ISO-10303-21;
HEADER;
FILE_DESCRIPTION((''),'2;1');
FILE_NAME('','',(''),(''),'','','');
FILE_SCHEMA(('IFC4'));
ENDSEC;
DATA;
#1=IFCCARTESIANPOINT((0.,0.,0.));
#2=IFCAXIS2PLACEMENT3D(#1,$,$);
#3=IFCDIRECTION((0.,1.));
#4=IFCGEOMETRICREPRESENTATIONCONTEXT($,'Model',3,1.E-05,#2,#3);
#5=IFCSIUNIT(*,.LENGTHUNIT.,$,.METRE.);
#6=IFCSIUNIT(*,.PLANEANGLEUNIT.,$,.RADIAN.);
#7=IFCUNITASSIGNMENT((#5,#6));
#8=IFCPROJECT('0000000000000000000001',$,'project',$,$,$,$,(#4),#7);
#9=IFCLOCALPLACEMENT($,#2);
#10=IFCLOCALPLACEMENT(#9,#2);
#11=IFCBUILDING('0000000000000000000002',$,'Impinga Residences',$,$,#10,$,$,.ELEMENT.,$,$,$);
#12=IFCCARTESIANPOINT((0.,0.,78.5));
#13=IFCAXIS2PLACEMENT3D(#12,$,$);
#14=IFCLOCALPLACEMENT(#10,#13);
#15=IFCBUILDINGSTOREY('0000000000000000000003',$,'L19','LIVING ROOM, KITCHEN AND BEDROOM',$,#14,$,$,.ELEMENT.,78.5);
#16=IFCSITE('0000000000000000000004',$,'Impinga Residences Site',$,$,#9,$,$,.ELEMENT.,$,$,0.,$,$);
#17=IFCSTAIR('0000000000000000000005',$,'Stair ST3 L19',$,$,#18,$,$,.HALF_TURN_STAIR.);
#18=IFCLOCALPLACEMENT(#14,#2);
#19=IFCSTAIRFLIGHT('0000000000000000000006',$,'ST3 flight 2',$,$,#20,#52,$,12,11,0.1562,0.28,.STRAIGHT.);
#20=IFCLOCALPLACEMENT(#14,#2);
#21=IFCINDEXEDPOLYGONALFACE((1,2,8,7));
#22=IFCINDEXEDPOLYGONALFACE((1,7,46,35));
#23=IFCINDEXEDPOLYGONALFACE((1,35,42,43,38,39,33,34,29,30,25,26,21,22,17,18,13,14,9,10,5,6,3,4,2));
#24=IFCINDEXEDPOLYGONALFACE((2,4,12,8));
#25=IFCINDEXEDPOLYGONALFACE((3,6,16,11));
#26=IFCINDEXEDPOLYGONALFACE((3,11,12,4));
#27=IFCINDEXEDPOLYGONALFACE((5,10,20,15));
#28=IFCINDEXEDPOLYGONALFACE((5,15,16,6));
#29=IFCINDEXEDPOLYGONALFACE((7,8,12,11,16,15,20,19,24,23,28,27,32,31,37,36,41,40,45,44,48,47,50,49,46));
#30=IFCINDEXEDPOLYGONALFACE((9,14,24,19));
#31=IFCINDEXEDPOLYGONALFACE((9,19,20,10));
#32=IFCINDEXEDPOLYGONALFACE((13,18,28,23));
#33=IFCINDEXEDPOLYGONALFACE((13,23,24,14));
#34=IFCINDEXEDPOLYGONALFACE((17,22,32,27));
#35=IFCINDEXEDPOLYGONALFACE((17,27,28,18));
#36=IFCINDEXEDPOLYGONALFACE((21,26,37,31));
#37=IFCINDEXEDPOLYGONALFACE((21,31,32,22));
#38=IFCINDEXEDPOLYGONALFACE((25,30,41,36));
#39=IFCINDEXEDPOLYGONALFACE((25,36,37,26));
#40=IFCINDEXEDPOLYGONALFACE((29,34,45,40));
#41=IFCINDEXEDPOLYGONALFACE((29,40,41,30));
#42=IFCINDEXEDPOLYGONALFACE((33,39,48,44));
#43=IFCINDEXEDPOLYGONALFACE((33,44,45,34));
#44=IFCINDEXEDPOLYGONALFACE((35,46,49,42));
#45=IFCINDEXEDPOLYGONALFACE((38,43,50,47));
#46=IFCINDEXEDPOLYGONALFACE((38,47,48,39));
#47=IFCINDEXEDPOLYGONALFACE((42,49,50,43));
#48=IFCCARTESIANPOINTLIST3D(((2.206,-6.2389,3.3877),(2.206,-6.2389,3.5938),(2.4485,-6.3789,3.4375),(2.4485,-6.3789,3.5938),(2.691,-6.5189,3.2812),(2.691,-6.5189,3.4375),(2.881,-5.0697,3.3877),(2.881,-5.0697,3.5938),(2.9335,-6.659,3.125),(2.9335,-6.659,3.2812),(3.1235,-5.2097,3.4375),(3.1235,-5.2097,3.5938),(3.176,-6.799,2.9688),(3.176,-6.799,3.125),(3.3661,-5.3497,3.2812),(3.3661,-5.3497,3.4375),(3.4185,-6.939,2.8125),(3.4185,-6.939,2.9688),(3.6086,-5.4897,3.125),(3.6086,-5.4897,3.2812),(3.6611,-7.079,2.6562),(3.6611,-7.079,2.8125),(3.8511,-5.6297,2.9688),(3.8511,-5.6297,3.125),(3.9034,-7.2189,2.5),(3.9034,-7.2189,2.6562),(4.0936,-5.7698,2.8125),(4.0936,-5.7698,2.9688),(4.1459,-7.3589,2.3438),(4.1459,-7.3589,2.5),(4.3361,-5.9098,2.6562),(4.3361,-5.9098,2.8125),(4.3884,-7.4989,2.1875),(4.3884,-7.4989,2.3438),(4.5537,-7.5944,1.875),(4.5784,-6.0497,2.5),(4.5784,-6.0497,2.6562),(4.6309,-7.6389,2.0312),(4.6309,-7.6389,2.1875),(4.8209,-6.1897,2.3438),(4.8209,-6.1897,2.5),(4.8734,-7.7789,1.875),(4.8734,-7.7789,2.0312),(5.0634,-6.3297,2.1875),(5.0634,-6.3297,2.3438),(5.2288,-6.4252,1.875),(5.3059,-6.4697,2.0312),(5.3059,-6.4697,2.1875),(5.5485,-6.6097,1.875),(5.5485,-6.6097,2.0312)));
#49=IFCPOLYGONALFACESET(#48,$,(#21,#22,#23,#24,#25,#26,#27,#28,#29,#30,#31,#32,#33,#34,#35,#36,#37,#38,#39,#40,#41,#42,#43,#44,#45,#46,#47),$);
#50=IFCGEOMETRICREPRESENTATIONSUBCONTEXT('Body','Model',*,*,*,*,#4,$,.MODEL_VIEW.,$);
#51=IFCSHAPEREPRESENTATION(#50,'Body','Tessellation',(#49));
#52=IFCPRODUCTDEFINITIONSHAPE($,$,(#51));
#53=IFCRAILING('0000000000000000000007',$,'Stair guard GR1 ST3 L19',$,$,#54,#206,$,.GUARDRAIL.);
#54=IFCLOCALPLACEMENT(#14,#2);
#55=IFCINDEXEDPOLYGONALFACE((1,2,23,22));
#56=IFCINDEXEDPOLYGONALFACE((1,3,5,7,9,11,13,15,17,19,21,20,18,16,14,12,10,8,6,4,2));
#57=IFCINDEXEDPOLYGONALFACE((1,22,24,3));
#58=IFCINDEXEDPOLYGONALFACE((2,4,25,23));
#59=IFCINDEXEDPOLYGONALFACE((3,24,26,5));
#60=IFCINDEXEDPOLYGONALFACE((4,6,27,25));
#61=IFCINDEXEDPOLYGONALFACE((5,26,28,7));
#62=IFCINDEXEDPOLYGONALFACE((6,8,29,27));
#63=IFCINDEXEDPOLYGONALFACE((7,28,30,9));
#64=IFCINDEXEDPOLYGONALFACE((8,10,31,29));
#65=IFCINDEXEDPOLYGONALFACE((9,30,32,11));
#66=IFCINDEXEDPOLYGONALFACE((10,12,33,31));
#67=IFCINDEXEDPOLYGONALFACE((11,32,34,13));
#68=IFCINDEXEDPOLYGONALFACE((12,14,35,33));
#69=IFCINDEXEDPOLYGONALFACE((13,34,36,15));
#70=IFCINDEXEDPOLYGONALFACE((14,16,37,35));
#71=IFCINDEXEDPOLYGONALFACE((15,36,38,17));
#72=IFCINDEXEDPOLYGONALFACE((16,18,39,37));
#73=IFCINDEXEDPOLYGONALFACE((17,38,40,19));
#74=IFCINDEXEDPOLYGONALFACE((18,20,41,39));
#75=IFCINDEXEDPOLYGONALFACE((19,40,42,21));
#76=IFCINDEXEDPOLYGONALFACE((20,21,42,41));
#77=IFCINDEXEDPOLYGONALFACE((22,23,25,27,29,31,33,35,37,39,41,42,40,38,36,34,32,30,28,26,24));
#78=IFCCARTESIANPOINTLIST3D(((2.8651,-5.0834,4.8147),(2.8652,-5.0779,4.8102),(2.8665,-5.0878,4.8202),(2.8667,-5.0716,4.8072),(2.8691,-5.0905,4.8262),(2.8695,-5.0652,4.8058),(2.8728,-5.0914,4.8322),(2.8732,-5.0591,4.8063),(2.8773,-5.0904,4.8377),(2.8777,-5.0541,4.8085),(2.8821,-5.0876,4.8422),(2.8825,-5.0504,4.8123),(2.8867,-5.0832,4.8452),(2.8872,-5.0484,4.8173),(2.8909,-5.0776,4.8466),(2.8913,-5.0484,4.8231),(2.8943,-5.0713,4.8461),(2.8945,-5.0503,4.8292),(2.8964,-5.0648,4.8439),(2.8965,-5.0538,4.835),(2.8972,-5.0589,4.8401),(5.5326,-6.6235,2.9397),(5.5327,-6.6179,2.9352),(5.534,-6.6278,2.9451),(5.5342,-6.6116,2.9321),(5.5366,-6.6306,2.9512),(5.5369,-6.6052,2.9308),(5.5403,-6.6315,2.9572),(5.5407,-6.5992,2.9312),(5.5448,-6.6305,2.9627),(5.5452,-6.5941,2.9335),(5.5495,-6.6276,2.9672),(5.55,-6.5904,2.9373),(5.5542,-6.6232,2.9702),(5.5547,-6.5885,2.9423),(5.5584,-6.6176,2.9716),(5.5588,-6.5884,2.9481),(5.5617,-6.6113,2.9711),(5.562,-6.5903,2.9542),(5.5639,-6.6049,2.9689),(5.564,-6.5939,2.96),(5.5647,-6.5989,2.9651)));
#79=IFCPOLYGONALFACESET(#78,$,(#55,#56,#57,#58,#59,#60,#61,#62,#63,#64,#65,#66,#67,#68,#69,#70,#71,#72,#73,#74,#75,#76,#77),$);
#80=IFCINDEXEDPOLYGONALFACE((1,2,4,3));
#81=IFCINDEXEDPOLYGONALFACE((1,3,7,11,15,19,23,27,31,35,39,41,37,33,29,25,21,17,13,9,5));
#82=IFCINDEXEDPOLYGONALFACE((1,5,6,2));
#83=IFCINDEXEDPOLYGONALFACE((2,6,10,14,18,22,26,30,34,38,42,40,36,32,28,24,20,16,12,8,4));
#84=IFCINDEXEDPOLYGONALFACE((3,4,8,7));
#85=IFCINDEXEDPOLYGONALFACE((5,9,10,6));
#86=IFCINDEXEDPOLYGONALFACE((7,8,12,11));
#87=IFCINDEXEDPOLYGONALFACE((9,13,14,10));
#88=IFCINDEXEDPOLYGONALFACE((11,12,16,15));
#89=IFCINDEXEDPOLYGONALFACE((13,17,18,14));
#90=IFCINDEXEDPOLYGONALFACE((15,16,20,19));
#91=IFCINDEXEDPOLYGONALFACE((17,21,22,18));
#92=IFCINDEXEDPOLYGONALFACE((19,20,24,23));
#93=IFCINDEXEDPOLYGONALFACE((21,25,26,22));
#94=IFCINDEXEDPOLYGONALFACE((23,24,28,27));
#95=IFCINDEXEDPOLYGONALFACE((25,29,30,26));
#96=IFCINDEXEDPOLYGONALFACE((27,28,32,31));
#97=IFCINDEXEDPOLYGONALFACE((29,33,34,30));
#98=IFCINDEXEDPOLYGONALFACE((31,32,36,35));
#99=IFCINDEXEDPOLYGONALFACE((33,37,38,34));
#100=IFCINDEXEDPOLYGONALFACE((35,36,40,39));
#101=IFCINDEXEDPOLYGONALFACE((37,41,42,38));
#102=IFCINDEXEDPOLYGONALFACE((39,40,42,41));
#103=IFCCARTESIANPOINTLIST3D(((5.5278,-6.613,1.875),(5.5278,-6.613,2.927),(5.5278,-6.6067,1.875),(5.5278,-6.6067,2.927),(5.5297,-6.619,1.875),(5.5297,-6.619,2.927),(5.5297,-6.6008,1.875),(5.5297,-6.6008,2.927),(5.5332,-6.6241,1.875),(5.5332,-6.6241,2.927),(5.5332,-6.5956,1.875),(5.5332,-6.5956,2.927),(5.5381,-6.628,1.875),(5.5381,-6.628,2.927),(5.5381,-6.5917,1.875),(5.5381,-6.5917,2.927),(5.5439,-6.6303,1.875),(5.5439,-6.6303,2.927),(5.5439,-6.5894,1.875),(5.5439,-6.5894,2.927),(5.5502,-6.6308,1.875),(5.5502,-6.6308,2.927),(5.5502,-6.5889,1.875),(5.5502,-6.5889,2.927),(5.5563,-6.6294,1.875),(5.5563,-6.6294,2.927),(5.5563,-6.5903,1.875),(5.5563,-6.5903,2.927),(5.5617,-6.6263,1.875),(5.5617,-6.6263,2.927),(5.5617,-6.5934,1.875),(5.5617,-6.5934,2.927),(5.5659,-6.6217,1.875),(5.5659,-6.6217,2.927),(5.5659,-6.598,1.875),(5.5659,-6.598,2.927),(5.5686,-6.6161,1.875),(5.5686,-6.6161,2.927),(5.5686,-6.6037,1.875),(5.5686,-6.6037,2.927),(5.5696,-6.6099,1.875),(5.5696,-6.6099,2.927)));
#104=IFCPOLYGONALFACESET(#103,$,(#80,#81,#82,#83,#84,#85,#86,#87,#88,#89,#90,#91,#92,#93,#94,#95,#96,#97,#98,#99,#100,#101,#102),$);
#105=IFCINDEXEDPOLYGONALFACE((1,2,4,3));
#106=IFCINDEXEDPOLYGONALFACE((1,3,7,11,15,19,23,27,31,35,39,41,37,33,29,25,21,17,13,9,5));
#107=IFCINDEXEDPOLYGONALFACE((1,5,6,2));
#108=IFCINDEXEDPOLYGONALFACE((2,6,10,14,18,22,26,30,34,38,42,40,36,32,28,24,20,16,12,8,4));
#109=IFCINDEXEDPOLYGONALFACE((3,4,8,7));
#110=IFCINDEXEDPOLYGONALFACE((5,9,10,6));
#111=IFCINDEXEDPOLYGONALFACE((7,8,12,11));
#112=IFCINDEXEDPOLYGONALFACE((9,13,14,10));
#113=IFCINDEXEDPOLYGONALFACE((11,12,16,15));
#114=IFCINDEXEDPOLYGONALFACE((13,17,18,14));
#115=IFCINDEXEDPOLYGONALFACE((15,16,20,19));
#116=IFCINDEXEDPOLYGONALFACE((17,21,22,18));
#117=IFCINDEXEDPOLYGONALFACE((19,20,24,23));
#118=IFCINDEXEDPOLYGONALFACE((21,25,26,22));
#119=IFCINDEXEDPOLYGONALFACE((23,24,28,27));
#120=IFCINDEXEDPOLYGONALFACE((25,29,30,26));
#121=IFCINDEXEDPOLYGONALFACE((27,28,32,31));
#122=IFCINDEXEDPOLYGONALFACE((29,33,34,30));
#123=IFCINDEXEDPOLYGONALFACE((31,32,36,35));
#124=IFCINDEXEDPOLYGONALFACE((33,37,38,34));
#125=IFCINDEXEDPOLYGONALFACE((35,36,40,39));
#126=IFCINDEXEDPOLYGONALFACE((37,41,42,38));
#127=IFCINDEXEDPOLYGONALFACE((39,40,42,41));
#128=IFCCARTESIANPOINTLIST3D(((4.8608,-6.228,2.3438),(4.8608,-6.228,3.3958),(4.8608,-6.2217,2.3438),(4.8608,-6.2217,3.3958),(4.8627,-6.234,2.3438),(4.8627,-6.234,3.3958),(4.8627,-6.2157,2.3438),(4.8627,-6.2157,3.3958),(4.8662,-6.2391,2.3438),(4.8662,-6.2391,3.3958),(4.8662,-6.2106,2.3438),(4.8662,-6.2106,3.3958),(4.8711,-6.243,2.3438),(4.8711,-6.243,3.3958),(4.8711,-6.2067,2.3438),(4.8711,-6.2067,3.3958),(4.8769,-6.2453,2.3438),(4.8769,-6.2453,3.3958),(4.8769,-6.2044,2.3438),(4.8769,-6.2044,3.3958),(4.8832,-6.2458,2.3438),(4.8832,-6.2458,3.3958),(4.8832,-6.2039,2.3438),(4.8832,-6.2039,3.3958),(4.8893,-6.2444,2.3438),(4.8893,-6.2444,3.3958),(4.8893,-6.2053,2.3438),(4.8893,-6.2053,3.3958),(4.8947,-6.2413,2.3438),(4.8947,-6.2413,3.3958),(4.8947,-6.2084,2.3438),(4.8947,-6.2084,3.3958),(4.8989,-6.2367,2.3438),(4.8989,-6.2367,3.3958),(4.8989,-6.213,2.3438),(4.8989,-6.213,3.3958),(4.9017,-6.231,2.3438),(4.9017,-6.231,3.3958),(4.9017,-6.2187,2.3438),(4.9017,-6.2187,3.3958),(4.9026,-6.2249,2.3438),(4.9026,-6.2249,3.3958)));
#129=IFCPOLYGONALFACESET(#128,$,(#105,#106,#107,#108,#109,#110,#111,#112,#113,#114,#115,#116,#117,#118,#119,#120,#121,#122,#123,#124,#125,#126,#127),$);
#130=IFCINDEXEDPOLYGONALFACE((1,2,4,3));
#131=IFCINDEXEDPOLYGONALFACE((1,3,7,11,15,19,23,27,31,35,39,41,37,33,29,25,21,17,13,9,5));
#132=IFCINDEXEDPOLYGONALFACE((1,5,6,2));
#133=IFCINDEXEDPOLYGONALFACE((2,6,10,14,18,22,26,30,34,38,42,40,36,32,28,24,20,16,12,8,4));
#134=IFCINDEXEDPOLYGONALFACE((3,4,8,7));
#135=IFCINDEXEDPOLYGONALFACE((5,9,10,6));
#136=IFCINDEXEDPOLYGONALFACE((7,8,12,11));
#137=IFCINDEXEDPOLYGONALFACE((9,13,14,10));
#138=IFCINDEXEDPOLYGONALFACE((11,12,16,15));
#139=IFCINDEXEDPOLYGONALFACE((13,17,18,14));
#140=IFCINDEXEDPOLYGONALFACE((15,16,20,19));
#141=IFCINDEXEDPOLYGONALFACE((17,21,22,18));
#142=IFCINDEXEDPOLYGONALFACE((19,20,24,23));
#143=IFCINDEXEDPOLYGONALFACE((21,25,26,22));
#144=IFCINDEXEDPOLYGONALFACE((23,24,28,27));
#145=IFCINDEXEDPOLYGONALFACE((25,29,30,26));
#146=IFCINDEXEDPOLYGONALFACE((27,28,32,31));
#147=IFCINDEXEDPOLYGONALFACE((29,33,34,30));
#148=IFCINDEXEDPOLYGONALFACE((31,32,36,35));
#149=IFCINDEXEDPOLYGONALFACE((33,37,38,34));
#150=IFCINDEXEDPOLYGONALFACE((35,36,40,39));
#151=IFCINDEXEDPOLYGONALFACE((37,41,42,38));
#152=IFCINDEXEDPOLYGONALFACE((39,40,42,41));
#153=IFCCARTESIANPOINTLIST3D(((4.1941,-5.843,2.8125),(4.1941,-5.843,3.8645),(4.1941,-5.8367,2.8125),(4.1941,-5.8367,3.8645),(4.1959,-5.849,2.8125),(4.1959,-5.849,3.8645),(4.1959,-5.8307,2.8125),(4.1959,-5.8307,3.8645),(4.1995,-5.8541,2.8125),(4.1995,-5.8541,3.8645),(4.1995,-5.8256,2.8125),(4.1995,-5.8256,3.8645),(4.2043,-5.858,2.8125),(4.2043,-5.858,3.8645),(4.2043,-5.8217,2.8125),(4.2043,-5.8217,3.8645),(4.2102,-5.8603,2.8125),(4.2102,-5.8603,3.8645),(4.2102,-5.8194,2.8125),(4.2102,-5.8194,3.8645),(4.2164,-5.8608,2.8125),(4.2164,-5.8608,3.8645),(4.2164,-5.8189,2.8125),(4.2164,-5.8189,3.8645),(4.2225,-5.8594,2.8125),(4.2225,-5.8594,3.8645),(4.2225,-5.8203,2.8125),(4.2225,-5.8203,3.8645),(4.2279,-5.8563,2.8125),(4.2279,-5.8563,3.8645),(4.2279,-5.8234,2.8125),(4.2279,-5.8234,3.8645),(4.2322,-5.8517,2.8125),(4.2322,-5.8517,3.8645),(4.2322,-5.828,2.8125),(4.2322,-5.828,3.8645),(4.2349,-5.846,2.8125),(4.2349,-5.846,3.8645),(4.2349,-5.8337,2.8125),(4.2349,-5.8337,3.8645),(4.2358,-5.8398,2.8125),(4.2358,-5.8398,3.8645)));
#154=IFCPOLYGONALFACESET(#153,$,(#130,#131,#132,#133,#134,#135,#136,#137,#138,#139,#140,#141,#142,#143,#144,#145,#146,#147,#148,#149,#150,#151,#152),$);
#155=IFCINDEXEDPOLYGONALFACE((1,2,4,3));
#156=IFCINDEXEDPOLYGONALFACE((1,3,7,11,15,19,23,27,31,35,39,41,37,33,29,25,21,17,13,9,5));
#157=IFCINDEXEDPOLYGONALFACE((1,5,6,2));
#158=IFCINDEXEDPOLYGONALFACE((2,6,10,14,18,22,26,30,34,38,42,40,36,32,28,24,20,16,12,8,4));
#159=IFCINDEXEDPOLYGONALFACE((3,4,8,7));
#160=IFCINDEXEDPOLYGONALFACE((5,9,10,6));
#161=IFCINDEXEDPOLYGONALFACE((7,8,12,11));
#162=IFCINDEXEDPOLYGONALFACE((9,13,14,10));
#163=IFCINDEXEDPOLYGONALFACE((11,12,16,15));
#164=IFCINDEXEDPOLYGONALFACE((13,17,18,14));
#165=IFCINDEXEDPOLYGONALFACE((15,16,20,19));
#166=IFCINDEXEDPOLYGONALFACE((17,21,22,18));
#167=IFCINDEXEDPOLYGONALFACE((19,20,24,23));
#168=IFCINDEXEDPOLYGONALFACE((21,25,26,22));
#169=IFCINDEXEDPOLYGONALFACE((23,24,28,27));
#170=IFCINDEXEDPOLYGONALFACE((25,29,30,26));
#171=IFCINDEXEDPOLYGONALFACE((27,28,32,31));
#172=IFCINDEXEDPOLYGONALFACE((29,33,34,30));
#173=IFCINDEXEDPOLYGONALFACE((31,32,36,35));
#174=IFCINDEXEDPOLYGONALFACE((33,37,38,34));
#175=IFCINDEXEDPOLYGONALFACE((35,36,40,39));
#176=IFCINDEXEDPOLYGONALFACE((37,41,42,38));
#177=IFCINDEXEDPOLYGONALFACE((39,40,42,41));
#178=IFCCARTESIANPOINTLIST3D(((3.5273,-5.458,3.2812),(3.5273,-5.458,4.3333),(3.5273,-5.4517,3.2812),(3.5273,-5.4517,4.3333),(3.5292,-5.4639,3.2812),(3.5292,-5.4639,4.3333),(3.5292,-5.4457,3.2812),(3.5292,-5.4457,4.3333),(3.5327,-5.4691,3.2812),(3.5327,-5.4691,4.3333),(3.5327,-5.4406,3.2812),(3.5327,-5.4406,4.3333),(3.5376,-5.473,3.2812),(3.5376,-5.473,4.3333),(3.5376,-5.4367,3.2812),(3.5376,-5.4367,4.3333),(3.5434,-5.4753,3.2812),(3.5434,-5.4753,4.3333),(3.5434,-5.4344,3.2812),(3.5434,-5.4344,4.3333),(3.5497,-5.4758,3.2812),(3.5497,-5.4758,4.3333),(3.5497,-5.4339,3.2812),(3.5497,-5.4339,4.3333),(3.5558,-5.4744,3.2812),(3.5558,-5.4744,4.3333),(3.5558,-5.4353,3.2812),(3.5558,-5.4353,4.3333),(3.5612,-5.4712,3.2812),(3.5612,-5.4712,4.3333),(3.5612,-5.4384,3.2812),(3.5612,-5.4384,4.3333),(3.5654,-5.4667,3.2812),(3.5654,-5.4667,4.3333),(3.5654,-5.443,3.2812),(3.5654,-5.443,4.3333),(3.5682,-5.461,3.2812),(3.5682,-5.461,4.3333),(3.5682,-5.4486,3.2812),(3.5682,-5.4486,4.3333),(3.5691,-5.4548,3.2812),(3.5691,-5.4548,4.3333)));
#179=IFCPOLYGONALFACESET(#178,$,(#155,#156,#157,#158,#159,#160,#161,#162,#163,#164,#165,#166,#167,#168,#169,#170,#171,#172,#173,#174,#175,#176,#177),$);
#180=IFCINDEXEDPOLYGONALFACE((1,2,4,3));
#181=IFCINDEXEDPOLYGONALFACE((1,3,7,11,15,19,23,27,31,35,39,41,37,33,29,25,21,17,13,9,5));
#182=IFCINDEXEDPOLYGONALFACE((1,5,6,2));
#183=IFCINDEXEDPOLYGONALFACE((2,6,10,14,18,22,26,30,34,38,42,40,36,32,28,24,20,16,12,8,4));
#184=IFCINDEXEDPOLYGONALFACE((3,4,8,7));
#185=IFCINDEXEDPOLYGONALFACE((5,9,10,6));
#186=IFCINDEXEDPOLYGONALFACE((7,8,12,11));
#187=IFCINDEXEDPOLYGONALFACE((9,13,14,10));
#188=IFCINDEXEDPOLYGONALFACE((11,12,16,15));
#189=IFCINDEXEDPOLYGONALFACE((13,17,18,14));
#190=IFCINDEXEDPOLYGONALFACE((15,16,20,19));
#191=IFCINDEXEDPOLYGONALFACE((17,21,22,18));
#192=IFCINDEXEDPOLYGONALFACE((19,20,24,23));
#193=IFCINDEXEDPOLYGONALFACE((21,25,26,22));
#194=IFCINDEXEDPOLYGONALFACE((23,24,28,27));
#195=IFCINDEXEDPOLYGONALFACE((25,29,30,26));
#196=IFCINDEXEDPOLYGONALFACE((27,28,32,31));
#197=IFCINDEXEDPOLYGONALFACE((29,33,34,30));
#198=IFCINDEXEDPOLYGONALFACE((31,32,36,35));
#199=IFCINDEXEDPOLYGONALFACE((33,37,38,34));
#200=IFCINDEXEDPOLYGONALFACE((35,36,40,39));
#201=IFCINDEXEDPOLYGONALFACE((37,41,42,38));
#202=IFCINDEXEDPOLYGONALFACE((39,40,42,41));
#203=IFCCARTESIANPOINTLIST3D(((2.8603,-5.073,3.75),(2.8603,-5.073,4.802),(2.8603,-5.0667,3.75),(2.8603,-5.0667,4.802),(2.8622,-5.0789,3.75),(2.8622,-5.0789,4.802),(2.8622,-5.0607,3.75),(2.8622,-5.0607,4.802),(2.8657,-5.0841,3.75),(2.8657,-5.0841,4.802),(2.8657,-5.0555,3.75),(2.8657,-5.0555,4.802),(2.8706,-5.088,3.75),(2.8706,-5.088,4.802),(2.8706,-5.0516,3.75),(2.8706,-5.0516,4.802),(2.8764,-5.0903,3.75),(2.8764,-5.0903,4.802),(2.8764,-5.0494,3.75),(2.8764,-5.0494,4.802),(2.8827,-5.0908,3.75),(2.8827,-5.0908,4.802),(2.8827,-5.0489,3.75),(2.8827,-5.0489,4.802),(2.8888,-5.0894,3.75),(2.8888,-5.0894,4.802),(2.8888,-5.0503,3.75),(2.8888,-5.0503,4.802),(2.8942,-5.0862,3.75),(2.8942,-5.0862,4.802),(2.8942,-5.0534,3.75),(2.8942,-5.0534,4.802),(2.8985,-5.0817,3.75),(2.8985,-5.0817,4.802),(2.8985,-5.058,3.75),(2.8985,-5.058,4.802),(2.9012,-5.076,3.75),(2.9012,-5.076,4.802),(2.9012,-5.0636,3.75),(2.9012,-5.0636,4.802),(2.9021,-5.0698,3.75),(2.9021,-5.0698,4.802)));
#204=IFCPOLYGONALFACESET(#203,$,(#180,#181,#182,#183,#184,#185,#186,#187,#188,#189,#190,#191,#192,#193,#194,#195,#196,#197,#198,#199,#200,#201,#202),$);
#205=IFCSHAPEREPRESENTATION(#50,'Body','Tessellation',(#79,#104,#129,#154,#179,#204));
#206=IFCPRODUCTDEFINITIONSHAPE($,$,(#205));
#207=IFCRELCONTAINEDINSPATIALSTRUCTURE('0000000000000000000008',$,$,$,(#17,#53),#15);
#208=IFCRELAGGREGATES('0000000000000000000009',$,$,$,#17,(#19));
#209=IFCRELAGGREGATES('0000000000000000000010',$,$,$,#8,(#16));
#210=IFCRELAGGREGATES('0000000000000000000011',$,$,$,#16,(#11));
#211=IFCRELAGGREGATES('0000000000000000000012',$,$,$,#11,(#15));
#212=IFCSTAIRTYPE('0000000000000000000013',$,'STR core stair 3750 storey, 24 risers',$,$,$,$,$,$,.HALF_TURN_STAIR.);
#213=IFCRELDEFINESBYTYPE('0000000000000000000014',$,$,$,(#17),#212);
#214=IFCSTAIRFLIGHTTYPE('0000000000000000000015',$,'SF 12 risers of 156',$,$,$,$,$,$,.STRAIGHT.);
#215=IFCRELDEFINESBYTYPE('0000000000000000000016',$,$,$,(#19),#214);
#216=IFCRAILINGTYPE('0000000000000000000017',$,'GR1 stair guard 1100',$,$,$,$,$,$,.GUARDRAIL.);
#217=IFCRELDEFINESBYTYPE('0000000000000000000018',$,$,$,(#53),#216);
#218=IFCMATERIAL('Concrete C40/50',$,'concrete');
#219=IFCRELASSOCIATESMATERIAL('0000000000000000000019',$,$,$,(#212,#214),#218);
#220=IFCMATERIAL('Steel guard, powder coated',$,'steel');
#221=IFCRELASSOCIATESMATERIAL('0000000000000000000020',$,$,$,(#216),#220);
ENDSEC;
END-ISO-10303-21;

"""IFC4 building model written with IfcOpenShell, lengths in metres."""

from ifc_helpers import new_model, si_unit, direction, frame, origin, origin_2d, place, context, subcontext, project, spatial, polyline, circle, outline, extrude, material, type_object, element, aggregate, save


model = new_model("IFC4")

# Units and contexts
model_context = context("Model", 3, precision=1e-05, world=origin(), true_north=direction((0.0, 1.0)))
body_context = subcontext(model_context, "Body", "Model", "MODEL_VIEW")
ifc_project = project(units=[si_unit("LENGTHUNIT", "METRE"), si_unit("PLANEANGLEUNIT", "RADIAN")], contexts=[model_context])

# Site, building, storey
site_placement = place(None, origin())
site = spatial("IfcSite", under=ifc_project, at=site_placement, Name="Impinga Residences Site", CompositionType="ELEMENT", RefElevation=0.0)
building_placement = place(site_placement, origin())
building = spatial("IfcBuilding", under=site, at=building_placement, Name="Impinga Residences", CompositionType="ELEMENT")
storey_placement = place(building_placement, frame((0.0, 0.0, 78.5)))
storey = spatial("IfcBuildingStorey", under=building, at=storey_placement, Name="L19", Description="LIVING ROOM, KITCHEN AND BEDROOM", CompositionType="ELEMENT", Elevation=78.5)

# Stair, stair flight
ifc_material_1 = material(Name="Concrete C40/50", Category="concrete")
stair_type = type_object("IfcStairType", Name="STR core stair 3750 storey, 24 risers", PredefinedType="HALF_TURN_STAIR", material=ifc_material_1)
stair_placement = place(storey_placement, origin())
stair = element("IfcStair", 1, at=stair_placement, inside=storey, type_object=stair_type, Name="Stair ST3 L19", PredefinedType="HALF_TURN_STAIR")
stair_flight_type = type_object("IfcStairFlightType", Name="SF 12 risers of 156", PredefinedType="STRAIGHT", material=ifc_material_1)
stair_flight_placement = place(storey_placement, frame((5.2109, -7.1943, 1.875), z_axis=(0.0, 0.0, 1.0), x_axis=(-0.866025, 0.5, 0.0)))
stair_flight = element("IfcStairFlight", 2, at=stair_flight_placement, type_object=stair_flight_type, Name="ST3 flight 2", NumberOfRisers=12, NumberOfTreads=11, PredefinedType="STRAIGHT", RiserHeight=0.1562, TreadLength=0.28, context=body_context, shape_type="SweptSolid", body=[
    extrude(outline(polyline([(0.0, 0.0), (0.0, 0.1562), (0.28, 0.1562), (0.28, 0.3125), (0.5601, 0.3125), (0.5601, 0.4688), (0.8401, 0.4688), (0.8401, 0.625), (1.1201, 0.625), (1.1201, 0.7812), (1.3999, 0.7812), (1.3999, 0.9375), (1.6799, 0.9375), (1.6799, 1.0938), (1.96, 1.0938), (1.96, 1.25), (2.24, 1.25), (2.24, 1.4062), (2.52, 1.4062), (2.52, 1.5625), (2.8, 1.5625), (2.8, 1.7188), (3.0801, 1.7188), (3.0801, 1.875), (3.0801, 1.5127), (0.3691, 0.0), (0.0, 0.0)])), frame((0.0, 0.675, 0.0), z_axis=(0.0, -1.0, 0.0), x_axis=(1.0, 0.0, 0.0)), (0.0, 0.0, 1.0), 1.3501),
])
aggregate(stair, [stair_flight])

# Railing
ifc_material_2 = material(Name="Steel guard, powder coated", Category="steel")
railing_type_1 = type_object("IfcRailingType", Name="GR1 stair guard 1100", PredefinedType="GUARDRAIL", material=ifc_material_2)
railing_1_placement = place(storey_placement, frame((5.5486, -6.6099, 1.875)))
element("IfcRailing", 3, at=railing_1_placement, inside=storey, type_object=railing_type_1, Name="Stair guard GR1 ST3 L19", PredefinedType="GUARDRAIL", context=body_context, shape_type="SweptSolid", body=[
    extrude(circle(Radius=0.0239, at=origin_2d()), frame((0.0, 0.0, 1.0762), z_axis=(-0.739746, 0.427084, 0.519975), x_axis=(-0.499992, -0.86603, 0.0)), (0.0, 0.0, 1.0), 3.606),
    extrude(circle(Radius=0.021, at=origin_2d()), origin(), (0.0, 0.0, 1.0), 1.052),
    extrude(circle(Radius=0.021, at=origin_2d()), frame((-0.667, 0.385, 0.4688)), (0.0, 0.0, 1.0), 1.052),
    extrude(circle(Radius=0.021, at=origin_2d()), frame((-1.3337, 0.77, 0.9375)), (0.0, 0.0, 1.0), 1.052),
    extrude(circle(Radius=0.021, at=origin_2d()), frame((-2.0005, 1.155, 1.4062)), (0.0, 0.0, 1.0), 1.052),
    extrude(circle(Radius=0.021, at=origin_2d()), frame((-2.6675, 1.54, 1.875)), (0.0, 0.0, 1.0), 1.052),
])

save(model, "model.ifc")
